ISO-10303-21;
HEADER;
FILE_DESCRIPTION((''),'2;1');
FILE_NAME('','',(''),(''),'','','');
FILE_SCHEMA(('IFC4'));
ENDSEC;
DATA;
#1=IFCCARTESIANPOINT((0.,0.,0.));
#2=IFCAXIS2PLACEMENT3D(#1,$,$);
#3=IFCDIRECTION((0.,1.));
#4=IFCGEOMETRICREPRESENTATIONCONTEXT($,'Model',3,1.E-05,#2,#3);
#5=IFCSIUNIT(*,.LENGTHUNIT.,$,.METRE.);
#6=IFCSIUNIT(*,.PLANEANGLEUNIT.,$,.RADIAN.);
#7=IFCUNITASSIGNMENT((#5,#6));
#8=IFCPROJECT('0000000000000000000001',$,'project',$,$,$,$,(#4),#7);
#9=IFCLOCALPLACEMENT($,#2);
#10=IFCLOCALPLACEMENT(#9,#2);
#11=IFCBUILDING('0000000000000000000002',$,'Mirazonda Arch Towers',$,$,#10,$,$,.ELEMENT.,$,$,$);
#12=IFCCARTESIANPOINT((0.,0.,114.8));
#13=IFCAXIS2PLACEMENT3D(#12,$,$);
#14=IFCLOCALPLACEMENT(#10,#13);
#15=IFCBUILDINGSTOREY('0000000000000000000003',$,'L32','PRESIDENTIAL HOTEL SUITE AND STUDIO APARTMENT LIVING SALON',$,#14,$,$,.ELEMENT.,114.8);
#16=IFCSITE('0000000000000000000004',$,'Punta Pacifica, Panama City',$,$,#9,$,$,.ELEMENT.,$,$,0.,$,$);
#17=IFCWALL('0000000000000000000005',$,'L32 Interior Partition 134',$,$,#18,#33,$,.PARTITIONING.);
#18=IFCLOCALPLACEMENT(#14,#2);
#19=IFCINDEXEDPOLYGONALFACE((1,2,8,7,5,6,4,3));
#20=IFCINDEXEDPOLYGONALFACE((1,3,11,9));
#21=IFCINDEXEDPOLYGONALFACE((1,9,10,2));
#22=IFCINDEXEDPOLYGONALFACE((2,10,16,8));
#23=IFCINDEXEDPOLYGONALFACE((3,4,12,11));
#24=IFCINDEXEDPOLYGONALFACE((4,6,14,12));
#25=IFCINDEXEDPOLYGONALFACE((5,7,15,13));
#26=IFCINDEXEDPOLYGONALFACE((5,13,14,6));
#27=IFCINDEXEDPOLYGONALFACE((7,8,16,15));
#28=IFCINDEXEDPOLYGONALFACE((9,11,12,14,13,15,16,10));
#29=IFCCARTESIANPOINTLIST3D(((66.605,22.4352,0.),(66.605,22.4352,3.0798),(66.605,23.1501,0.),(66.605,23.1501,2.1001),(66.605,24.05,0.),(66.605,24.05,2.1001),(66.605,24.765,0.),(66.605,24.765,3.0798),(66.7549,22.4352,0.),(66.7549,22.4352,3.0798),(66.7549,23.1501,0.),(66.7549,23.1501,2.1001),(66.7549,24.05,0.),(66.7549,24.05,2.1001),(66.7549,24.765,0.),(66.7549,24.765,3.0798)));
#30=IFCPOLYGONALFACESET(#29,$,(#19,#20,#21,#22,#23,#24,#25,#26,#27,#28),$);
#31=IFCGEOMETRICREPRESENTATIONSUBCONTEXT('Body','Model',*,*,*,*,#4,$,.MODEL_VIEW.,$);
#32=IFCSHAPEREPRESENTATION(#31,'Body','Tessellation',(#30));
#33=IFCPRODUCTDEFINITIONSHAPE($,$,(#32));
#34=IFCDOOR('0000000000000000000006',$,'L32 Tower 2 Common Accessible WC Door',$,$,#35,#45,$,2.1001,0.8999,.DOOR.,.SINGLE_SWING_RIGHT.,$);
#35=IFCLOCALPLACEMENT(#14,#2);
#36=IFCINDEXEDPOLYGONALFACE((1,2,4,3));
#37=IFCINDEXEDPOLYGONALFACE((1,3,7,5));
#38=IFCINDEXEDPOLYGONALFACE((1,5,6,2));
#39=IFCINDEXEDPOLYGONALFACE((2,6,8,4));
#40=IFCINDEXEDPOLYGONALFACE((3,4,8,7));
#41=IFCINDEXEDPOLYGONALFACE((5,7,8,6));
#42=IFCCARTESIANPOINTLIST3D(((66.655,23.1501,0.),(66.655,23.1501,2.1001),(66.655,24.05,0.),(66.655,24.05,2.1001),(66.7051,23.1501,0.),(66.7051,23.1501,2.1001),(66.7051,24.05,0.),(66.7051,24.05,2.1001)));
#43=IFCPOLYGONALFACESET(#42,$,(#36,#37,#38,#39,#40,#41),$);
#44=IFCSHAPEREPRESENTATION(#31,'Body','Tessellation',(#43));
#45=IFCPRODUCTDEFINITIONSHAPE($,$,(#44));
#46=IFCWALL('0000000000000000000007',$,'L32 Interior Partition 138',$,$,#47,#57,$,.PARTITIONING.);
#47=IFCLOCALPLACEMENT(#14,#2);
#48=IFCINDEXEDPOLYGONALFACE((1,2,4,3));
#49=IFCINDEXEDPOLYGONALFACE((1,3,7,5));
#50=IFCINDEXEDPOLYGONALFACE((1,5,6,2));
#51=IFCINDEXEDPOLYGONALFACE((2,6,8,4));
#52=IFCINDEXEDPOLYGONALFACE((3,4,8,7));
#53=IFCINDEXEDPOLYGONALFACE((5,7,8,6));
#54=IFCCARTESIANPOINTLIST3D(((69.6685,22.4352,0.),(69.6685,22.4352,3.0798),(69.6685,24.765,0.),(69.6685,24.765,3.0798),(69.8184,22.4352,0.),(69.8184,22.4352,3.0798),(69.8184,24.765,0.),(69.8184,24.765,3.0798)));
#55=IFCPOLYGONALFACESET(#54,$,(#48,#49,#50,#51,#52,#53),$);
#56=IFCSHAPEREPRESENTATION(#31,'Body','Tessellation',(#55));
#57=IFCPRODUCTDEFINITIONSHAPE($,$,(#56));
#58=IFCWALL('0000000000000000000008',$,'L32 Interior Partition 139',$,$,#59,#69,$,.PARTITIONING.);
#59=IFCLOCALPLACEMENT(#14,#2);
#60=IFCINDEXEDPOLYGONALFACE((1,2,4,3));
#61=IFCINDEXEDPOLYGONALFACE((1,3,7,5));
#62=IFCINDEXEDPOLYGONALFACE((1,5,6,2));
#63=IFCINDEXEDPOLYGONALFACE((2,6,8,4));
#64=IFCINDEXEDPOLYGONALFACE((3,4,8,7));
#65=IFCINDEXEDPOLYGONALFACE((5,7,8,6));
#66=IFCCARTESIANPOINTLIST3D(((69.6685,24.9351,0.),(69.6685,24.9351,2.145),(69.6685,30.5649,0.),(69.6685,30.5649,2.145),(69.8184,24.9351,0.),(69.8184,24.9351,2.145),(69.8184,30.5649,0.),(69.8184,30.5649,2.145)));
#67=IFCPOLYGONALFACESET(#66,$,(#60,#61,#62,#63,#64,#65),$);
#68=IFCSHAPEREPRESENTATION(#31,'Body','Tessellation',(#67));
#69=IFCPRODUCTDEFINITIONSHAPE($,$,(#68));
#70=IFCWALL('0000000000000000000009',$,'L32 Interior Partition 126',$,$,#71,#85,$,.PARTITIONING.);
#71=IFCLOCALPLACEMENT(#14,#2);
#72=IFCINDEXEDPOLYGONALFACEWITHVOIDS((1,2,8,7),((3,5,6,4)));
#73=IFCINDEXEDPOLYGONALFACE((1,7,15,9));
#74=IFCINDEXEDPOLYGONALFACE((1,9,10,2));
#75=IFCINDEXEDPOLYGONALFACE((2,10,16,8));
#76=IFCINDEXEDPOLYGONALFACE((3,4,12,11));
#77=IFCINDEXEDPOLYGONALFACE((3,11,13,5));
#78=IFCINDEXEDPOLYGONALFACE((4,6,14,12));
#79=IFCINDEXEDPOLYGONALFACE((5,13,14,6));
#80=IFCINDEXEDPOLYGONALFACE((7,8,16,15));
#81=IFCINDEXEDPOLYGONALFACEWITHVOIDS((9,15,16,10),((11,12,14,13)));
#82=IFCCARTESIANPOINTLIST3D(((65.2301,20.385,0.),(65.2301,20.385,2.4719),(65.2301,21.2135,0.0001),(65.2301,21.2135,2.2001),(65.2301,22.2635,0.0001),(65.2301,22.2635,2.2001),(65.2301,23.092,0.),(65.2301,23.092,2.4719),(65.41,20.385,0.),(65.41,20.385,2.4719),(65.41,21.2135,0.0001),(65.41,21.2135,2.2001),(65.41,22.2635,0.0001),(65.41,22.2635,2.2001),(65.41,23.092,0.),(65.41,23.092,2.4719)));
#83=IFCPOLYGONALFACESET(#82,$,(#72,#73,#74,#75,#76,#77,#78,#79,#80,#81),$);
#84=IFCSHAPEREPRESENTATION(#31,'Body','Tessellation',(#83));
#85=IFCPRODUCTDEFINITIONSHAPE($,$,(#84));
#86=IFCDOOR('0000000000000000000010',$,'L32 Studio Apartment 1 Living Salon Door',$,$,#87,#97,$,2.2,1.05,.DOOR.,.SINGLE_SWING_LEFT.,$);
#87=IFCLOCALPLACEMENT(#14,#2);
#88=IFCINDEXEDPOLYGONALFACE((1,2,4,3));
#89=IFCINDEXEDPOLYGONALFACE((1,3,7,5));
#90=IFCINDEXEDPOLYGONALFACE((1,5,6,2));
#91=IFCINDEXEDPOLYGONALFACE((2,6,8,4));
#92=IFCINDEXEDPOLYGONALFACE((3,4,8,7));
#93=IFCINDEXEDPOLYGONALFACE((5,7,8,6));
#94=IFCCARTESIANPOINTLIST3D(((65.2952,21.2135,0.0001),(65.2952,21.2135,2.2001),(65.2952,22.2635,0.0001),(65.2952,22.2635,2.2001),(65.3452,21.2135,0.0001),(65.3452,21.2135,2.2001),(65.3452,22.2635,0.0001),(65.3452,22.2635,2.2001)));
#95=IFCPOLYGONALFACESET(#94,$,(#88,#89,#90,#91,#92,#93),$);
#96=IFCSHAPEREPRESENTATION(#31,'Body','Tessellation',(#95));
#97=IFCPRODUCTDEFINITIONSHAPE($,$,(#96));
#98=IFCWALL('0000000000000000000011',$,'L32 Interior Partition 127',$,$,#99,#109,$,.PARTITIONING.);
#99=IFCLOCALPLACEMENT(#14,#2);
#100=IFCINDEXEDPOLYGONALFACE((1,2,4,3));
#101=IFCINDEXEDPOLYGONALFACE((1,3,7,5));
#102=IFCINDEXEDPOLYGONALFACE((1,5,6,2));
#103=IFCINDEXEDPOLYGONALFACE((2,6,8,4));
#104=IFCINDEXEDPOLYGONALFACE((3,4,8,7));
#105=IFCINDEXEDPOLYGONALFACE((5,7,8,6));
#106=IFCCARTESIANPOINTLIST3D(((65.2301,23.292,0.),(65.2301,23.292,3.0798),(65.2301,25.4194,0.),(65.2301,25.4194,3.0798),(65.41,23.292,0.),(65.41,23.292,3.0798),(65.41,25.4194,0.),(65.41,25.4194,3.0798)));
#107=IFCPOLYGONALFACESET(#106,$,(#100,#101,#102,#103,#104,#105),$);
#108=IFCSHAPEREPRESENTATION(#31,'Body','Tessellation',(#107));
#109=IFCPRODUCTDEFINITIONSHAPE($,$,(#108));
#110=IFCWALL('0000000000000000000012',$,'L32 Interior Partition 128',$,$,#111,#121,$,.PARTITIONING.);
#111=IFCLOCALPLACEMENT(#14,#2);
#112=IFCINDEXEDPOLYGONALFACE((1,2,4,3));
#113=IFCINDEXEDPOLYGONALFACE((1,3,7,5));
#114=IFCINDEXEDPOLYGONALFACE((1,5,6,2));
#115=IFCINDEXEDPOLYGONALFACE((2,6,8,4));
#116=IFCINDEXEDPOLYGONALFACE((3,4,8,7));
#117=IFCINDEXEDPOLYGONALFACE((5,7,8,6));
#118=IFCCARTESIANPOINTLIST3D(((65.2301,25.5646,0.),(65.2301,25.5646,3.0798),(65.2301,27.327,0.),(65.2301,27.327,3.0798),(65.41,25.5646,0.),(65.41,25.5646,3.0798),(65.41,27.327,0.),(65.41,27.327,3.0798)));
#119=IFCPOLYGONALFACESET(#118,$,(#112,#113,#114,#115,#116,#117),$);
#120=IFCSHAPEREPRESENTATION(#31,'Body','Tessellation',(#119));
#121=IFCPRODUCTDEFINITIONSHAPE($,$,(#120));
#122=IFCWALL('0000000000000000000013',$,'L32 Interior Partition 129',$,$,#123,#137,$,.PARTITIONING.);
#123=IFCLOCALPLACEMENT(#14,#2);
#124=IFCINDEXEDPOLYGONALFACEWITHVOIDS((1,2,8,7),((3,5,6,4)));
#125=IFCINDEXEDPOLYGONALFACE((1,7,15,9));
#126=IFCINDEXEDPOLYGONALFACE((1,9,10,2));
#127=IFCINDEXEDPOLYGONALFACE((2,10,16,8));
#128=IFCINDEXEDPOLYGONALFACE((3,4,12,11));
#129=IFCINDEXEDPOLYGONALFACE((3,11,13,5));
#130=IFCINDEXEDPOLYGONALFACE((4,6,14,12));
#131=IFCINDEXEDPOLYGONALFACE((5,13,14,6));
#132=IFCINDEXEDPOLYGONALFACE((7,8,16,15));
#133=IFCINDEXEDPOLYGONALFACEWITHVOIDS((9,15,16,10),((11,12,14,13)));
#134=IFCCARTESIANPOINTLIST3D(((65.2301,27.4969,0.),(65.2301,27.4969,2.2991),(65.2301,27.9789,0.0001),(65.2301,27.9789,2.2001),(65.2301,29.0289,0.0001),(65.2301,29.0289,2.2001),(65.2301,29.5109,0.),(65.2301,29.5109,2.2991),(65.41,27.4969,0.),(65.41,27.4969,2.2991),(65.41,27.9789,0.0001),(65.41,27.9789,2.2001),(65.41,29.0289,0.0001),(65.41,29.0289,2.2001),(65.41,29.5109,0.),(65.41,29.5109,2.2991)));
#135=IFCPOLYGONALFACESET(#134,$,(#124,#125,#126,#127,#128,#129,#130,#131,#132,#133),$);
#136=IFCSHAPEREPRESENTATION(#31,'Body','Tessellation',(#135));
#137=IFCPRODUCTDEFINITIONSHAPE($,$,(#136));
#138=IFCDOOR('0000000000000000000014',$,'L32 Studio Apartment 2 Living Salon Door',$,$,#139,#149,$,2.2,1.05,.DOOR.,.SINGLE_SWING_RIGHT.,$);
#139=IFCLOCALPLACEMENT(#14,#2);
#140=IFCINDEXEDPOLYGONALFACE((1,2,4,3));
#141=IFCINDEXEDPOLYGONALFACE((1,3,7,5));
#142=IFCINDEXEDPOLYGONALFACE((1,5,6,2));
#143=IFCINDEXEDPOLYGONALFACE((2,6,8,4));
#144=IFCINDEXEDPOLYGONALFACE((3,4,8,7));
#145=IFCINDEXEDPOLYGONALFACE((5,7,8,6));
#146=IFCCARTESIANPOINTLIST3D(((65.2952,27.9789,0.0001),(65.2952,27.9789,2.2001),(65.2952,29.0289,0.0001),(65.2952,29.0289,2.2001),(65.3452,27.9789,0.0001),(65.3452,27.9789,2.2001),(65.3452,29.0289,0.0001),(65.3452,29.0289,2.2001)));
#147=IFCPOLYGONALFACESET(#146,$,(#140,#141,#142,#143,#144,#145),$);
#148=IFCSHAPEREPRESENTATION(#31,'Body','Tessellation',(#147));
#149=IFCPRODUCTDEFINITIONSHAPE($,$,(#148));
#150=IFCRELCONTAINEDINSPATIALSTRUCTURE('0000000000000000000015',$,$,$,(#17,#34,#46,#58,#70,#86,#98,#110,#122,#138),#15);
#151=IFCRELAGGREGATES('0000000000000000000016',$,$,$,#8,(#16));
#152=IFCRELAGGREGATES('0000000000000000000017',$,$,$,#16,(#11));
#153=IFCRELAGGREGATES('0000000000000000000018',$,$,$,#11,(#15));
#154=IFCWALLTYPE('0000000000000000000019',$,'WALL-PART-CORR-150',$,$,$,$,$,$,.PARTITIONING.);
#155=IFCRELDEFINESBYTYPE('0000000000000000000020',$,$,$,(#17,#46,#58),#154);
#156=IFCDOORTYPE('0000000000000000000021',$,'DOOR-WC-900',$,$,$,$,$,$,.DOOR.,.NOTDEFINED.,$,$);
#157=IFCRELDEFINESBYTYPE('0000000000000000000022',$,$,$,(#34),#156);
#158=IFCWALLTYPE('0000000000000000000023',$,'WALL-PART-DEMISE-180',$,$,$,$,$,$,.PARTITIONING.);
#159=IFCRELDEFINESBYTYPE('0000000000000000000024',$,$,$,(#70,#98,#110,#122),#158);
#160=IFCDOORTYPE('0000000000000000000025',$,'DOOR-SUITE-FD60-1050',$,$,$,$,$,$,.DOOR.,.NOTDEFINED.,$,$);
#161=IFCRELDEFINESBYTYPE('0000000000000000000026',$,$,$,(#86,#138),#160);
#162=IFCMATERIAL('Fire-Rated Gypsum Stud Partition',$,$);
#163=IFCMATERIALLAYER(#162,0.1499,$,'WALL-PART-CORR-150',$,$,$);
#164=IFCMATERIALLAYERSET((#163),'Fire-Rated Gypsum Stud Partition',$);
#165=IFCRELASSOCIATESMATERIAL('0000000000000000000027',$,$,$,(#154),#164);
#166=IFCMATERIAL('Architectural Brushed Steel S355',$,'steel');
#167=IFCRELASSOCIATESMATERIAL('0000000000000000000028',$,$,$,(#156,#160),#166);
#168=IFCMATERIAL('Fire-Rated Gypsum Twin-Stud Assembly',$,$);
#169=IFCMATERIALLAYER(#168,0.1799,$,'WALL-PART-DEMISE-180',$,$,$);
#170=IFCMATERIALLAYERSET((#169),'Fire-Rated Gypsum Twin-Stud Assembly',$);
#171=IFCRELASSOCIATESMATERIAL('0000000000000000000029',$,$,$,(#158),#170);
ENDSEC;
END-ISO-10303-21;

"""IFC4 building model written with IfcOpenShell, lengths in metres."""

from ifc_helpers import new_model, si_unit, direction, frame, frame_2d, origin, place, context, subcontext, project, spatial, rectangle, extrude, material, layer, layer_set, type_object, element, fill, save


model = new_model("IFC4")

# Units and contexts
model_context = context("Model", 3, precision=1e-05, world=origin(), true_north=direction((0.0, 1.0)))
body_context = subcontext(model_context, "Body", "Model", "MODEL_VIEW")
ifc_project = project(units=[si_unit("LENGTHUNIT", "METRE"), si_unit("PLANEANGLEUNIT", "RADIAN")], contexts=[model_context])

# Site, building, storey
site_placement = place(None, origin())
site = spatial("IfcSite", under=ifc_project, at=site_placement, Name="Punta Pacifica, Panama City", CompositionType="ELEMENT", RefElevation=0.0)
building_placement = place(site_placement, origin())
building = spatial("IfcBuilding", under=site, at=building_placement, Name="Mirazonda Arch Towers", CompositionType="ELEMENT")
storey_placement = place(building_placement, frame((0.0, 0.0, 114.8)))
storey = spatial("IfcBuildingStorey", under=building, at=storey_placement, Name="L32", Description="PRESIDENTIAL HOTEL SUITE AND STUDIO APARTMENT LIVING SALON", CompositionType="ELEMENT", Elevation=114.8)

# Shared definitions
ifc_material_1 = material(Name="Architectural Brushed Steel S355", Category="steel")

# Shared definitions
ifc_material_2 = material(Name="Fire-Rated Gypsum Stud Partition")
ifc_layer_1 = layer(ifc_material_2, 0.1499, Name="WALL-PART-CORR-150")
ifc_layer_set_1 = layer_set([ifc_layer_1], Name="Fire-Rated Gypsum Stud Partition")
wall_type_1 = type_object("IfcWallType", Name="WALL-PART-CORR-150", PredefinedType="PARTITIONING", material=ifc_layer_set_1)

# Wall, opening, door
wall_1_placement = place(storey_placement, frame((66.6799, 22.4351, 0.0), z_axis=(0.0, 0.0, 1.0), x_axis=(0.0, 1.0, 0.0)))
wall_1 = element("IfcWall", 1, at=wall_1_placement, inside=storey, type_object=wall_type_1, Name="L32 Interior Partition 134", PredefinedType="PARTITIONING", context=body_context, shape_type="SweptSolid", body=[
    extrude(rectangle(XDim=2.3298, YDim=0.1499, at=frame_2d((1.165, 0.0))), origin(), (0.0, 0.0, 1.0), 3.0798),
])
opening_1_placement = place(wall_1_placement, frame((0.7151, 0.0, 0.0)))
opening_1 = element("IfcOpeningElement", 2, at=opening_1_placement, cuts=wall_1, PredefinedType="OPENING", context=body_context, shape_type="SweptSolid", body=[
    extrude(rectangle(XDim=0.8999, YDim=2.1001, at=frame_2d((0.45, 1.05))), frame((0.0, 0.085, 0.0), z_axis=(0.0, -1.0, 0.0), x_axis=(1.0, 0.0, 0.0)), (0.0, 0.0, 1.0), 0.1699),
])
door_type_1 = type_object("IfcDoorType", Name="DOOR-WC-900", OperationType="NOTDEFINED", PredefinedType="DOOR", material=ifc_material_1)
door_1_placement = place(opening_1_placement, origin())
door_1 = element("IfcDoor", 3, at=door_1_placement, inside=storey, type_object=door_type_1, Name="L32 Tower 2 Common Accessible WC Door", OperationType="SINGLE_SWING_RIGHT", OverallHeight=2.1001, OverallWidth=0.8999, PredefinedType="DOOR", context=body_context, shape_type="SweptSolid", body=[
    extrude(rectangle(XDim=0.8999, YDim=2.1001, at=frame_2d((0.45, 1.05))), frame((0.0, 0.0249, 0.0), z_axis=(0.0, -1.0, 0.0), x_axis=(1.0, 0.0, 0.0)), (0.0, 0.0, 1.0), 0.05),
])
fill(opening_1, door_1)

# Walls
wall_2_placement = place(storey_placement, frame((69.7434, 22.4351, 0.0), z_axis=(0.0, 0.0, 1.0), x_axis=(0.0, 1.0, 0.0)))
element("IfcWall", 4, at=wall_2_placement, inside=storey, type_object=wall_type_1, Name="L32 Interior Partition 138", PredefinedType="PARTITIONING", context=body_context, shape_type="SweptSolid", body=[
    extrude(rectangle(XDim=2.3298, YDim=0.1499, at=frame_2d((1.165, 0.0))), origin(), (0.0, 0.0, 1.0), 3.0798),
])
wall_3_placement = place(storey_placement, frame((69.7434, 24.9351, 0.0), z_axis=(0.0, 0.0, 1.0), x_axis=(0.0, 1.0, 0.0)))
element("IfcWall", 5, at=wall_3_placement, inside=storey, type_object=wall_type_1, Name="L32 Interior Partition 139", PredefinedType="PARTITIONING", context=body_context, shape_type="SweptSolid", body=[
    extrude(rectangle(XDim=5.6299, YDim=0.1499, at=frame_2d((2.8149, 0.0))), origin(), (0.0, 0.0, 1.0), 2.145),
])

# Wall, opening, door
ifc_material_3 = material(Name="Fire-Rated Gypsum Twin-Stud Assembly")
ifc_layer_2 = layer(ifc_material_3, 0.1799, Name="WALL-PART-DEMISE-180")
ifc_layer_set_2 = layer_set([ifc_layer_2], Name="Fire-Rated Gypsum Twin-Stud Assembly")
wall_type_2 = type_object("IfcWallType", Name="WALL-PART-DEMISE-180", PredefinedType="PARTITIONING", material=ifc_layer_set_2)
wall_4_placement = place(storey_placement, frame((65.3201, 20.385, 0.0), z_axis=(0.0, 0.0, 1.0), x_axis=(0.0, 1.0, 0.0)))
wall_4 = element("IfcWall", 6, at=wall_4_placement, inside=storey, type_object=wall_type_2, Name="L32 Interior Partition 126", PredefinedType="PARTITIONING", context=body_context, shape_type="SweptSolid", body=[
    extrude(rectangle(XDim=2.707, YDim=0.1799, at=frame_2d((1.3535, 0.0))), origin(), (0.0, 0.0, 1.0), 2.4719),
])
opening_2_placement = place(wall_4_placement, frame((0.8286, 0.0, 0.0)))
opening_2 = element("IfcOpeningElement", 7, at=opening_2_placement, cuts=wall_4, PredefinedType="OPENING", context=body_context, shape_type="SweptSolid", body=[
    extrude(rectangle(XDim=1.05, YDim=2.2, at=frame_2d((0.5249, 1.1001))), frame((0.0, 0.0999, 0.0), z_axis=(0.0, -1.0, 0.0), x_axis=(1.0, 0.0, 0.0)), (0.0, 0.0, 1.0), 0.2),
])
door_type_2 = type_object("IfcDoorType", Name="DOOR-SUITE-FD60-1050", OperationType="NOTDEFINED", PredefinedType="DOOR", material=ifc_material_1)
door_2_placement = place(opening_2_placement, origin())
door_2 = element("IfcDoor", 8, at=door_2_placement, inside=storey, type_object=door_type_2, Name="L32 Studio Apartment 1 Living Salon Door", OperationType="SINGLE_SWING_LEFT", OverallHeight=2.2, OverallWidth=1.05, PredefinedType="DOOR", context=body_context, shape_type="SweptSolid", body=[
    extrude(rectangle(XDim=1.05, YDim=2.2, at=frame_2d((0.5249, 1.1001))), frame((0.0, 0.0249, 0.0), z_axis=(0.0, -1.0, 0.0), x_axis=(1.0, 0.0, 0.0)), (0.0, 0.0, 1.0), 0.05),
])
fill(opening_2, door_2)

# Walls
wall_5_placement = place(storey_placement, frame((65.3201, 23.292, 0.0), z_axis=(0.0, 0.0, 1.0), x_axis=(0.0, 1.0, 0.0)))
element("IfcWall", 9, at=wall_5_placement, inside=storey, type_object=wall_type_2, Name="L32 Interior Partition 127", PredefinedType="PARTITIONING", context=body_context, shape_type="SweptSolid", body=[
    extrude(rectangle(XDim=2.1274, YDim=0.1799, at=frame_2d((1.0637, 0.0))), origin(), (0.0, 0.0, 1.0), 3.0798),
])
wall_6_placement = place(storey_placement, frame((65.3201, 25.5645, 0.0), z_axis=(0.0, 0.0, 1.0), x_axis=(0.0, 1.0, 0.0)))
element("IfcWall", 10, at=wall_6_placement, inside=storey, type_object=wall_type_2, Name="L32 Interior Partition 128", PredefinedType="PARTITIONING", context=body_context, shape_type="SweptSolid", body=[
    extrude(rectangle(XDim=1.7625, YDim=0.1799, at=frame_2d((0.8813, 0.0))), origin(), (0.0, 0.0, 1.0), 3.0798),
])

# Wall, opening, door
wall_7_placement = place(storey_placement, frame((65.3201, 27.4971, 0.0), z_axis=(0.0, 0.0, 1.0), x_axis=(0.0, 1.0, 0.0)))
wall_7 = element("IfcWall", 11, at=wall_7_placement, inside=storey, type_object=wall_type_2, Name="L32 Interior Partition 129", PredefinedType="PARTITIONING", context=body_context, shape_type="SweptSolid", body=[
    extrude(rectangle(XDim=2.0139, YDim=0.1799, at=frame_2d((1.0068, 0.0))), origin(), (0.0, 0.0, 1.0), 2.2991),
])
opening_3_placement = place(wall_7_placement, frame((0.4819, 0.0, 0.0)))
opening_3 = element("IfcOpeningElement", 12, at=opening_3_placement, cuts=wall_7, PredefinedType="OPENING", context=body_context, shape_type="SweptSolid", body=[
    extrude(rectangle(XDim=1.05, YDim=2.2, at=frame_2d((0.5249, 1.1001))), frame((0.0, 0.0999, 0.0), z_axis=(0.0, -1.0, 0.0), x_axis=(1.0, 0.0, 0.0)), (0.0, 0.0, 1.0), 0.2),
])
door_3_placement = place(opening_3_placement, origin())
door_3 = element("IfcDoor", 13, at=door_3_placement, inside=storey, type_object=door_type_2, Name="L32 Studio Apartment 2 Living Salon Door", OperationType="SINGLE_SWING_RIGHT", OverallHeight=2.2, OverallWidth=1.05, PredefinedType="DOOR", context=body_context, shape_type="SweptSolid", body=[
    extrude(rectangle(XDim=1.05, YDim=2.2, at=frame_2d((0.5249, 1.1001))), frame((0.0, 0.0249, 0.0), z_axis=(0.0, -1.0, 0.0), x_axis=(1.0, 0.0, 0.0)), (0.0, 0.0, 1.0), 0.05),
])
fill(opening_3, door_3)

save(model, "model.ifc")
